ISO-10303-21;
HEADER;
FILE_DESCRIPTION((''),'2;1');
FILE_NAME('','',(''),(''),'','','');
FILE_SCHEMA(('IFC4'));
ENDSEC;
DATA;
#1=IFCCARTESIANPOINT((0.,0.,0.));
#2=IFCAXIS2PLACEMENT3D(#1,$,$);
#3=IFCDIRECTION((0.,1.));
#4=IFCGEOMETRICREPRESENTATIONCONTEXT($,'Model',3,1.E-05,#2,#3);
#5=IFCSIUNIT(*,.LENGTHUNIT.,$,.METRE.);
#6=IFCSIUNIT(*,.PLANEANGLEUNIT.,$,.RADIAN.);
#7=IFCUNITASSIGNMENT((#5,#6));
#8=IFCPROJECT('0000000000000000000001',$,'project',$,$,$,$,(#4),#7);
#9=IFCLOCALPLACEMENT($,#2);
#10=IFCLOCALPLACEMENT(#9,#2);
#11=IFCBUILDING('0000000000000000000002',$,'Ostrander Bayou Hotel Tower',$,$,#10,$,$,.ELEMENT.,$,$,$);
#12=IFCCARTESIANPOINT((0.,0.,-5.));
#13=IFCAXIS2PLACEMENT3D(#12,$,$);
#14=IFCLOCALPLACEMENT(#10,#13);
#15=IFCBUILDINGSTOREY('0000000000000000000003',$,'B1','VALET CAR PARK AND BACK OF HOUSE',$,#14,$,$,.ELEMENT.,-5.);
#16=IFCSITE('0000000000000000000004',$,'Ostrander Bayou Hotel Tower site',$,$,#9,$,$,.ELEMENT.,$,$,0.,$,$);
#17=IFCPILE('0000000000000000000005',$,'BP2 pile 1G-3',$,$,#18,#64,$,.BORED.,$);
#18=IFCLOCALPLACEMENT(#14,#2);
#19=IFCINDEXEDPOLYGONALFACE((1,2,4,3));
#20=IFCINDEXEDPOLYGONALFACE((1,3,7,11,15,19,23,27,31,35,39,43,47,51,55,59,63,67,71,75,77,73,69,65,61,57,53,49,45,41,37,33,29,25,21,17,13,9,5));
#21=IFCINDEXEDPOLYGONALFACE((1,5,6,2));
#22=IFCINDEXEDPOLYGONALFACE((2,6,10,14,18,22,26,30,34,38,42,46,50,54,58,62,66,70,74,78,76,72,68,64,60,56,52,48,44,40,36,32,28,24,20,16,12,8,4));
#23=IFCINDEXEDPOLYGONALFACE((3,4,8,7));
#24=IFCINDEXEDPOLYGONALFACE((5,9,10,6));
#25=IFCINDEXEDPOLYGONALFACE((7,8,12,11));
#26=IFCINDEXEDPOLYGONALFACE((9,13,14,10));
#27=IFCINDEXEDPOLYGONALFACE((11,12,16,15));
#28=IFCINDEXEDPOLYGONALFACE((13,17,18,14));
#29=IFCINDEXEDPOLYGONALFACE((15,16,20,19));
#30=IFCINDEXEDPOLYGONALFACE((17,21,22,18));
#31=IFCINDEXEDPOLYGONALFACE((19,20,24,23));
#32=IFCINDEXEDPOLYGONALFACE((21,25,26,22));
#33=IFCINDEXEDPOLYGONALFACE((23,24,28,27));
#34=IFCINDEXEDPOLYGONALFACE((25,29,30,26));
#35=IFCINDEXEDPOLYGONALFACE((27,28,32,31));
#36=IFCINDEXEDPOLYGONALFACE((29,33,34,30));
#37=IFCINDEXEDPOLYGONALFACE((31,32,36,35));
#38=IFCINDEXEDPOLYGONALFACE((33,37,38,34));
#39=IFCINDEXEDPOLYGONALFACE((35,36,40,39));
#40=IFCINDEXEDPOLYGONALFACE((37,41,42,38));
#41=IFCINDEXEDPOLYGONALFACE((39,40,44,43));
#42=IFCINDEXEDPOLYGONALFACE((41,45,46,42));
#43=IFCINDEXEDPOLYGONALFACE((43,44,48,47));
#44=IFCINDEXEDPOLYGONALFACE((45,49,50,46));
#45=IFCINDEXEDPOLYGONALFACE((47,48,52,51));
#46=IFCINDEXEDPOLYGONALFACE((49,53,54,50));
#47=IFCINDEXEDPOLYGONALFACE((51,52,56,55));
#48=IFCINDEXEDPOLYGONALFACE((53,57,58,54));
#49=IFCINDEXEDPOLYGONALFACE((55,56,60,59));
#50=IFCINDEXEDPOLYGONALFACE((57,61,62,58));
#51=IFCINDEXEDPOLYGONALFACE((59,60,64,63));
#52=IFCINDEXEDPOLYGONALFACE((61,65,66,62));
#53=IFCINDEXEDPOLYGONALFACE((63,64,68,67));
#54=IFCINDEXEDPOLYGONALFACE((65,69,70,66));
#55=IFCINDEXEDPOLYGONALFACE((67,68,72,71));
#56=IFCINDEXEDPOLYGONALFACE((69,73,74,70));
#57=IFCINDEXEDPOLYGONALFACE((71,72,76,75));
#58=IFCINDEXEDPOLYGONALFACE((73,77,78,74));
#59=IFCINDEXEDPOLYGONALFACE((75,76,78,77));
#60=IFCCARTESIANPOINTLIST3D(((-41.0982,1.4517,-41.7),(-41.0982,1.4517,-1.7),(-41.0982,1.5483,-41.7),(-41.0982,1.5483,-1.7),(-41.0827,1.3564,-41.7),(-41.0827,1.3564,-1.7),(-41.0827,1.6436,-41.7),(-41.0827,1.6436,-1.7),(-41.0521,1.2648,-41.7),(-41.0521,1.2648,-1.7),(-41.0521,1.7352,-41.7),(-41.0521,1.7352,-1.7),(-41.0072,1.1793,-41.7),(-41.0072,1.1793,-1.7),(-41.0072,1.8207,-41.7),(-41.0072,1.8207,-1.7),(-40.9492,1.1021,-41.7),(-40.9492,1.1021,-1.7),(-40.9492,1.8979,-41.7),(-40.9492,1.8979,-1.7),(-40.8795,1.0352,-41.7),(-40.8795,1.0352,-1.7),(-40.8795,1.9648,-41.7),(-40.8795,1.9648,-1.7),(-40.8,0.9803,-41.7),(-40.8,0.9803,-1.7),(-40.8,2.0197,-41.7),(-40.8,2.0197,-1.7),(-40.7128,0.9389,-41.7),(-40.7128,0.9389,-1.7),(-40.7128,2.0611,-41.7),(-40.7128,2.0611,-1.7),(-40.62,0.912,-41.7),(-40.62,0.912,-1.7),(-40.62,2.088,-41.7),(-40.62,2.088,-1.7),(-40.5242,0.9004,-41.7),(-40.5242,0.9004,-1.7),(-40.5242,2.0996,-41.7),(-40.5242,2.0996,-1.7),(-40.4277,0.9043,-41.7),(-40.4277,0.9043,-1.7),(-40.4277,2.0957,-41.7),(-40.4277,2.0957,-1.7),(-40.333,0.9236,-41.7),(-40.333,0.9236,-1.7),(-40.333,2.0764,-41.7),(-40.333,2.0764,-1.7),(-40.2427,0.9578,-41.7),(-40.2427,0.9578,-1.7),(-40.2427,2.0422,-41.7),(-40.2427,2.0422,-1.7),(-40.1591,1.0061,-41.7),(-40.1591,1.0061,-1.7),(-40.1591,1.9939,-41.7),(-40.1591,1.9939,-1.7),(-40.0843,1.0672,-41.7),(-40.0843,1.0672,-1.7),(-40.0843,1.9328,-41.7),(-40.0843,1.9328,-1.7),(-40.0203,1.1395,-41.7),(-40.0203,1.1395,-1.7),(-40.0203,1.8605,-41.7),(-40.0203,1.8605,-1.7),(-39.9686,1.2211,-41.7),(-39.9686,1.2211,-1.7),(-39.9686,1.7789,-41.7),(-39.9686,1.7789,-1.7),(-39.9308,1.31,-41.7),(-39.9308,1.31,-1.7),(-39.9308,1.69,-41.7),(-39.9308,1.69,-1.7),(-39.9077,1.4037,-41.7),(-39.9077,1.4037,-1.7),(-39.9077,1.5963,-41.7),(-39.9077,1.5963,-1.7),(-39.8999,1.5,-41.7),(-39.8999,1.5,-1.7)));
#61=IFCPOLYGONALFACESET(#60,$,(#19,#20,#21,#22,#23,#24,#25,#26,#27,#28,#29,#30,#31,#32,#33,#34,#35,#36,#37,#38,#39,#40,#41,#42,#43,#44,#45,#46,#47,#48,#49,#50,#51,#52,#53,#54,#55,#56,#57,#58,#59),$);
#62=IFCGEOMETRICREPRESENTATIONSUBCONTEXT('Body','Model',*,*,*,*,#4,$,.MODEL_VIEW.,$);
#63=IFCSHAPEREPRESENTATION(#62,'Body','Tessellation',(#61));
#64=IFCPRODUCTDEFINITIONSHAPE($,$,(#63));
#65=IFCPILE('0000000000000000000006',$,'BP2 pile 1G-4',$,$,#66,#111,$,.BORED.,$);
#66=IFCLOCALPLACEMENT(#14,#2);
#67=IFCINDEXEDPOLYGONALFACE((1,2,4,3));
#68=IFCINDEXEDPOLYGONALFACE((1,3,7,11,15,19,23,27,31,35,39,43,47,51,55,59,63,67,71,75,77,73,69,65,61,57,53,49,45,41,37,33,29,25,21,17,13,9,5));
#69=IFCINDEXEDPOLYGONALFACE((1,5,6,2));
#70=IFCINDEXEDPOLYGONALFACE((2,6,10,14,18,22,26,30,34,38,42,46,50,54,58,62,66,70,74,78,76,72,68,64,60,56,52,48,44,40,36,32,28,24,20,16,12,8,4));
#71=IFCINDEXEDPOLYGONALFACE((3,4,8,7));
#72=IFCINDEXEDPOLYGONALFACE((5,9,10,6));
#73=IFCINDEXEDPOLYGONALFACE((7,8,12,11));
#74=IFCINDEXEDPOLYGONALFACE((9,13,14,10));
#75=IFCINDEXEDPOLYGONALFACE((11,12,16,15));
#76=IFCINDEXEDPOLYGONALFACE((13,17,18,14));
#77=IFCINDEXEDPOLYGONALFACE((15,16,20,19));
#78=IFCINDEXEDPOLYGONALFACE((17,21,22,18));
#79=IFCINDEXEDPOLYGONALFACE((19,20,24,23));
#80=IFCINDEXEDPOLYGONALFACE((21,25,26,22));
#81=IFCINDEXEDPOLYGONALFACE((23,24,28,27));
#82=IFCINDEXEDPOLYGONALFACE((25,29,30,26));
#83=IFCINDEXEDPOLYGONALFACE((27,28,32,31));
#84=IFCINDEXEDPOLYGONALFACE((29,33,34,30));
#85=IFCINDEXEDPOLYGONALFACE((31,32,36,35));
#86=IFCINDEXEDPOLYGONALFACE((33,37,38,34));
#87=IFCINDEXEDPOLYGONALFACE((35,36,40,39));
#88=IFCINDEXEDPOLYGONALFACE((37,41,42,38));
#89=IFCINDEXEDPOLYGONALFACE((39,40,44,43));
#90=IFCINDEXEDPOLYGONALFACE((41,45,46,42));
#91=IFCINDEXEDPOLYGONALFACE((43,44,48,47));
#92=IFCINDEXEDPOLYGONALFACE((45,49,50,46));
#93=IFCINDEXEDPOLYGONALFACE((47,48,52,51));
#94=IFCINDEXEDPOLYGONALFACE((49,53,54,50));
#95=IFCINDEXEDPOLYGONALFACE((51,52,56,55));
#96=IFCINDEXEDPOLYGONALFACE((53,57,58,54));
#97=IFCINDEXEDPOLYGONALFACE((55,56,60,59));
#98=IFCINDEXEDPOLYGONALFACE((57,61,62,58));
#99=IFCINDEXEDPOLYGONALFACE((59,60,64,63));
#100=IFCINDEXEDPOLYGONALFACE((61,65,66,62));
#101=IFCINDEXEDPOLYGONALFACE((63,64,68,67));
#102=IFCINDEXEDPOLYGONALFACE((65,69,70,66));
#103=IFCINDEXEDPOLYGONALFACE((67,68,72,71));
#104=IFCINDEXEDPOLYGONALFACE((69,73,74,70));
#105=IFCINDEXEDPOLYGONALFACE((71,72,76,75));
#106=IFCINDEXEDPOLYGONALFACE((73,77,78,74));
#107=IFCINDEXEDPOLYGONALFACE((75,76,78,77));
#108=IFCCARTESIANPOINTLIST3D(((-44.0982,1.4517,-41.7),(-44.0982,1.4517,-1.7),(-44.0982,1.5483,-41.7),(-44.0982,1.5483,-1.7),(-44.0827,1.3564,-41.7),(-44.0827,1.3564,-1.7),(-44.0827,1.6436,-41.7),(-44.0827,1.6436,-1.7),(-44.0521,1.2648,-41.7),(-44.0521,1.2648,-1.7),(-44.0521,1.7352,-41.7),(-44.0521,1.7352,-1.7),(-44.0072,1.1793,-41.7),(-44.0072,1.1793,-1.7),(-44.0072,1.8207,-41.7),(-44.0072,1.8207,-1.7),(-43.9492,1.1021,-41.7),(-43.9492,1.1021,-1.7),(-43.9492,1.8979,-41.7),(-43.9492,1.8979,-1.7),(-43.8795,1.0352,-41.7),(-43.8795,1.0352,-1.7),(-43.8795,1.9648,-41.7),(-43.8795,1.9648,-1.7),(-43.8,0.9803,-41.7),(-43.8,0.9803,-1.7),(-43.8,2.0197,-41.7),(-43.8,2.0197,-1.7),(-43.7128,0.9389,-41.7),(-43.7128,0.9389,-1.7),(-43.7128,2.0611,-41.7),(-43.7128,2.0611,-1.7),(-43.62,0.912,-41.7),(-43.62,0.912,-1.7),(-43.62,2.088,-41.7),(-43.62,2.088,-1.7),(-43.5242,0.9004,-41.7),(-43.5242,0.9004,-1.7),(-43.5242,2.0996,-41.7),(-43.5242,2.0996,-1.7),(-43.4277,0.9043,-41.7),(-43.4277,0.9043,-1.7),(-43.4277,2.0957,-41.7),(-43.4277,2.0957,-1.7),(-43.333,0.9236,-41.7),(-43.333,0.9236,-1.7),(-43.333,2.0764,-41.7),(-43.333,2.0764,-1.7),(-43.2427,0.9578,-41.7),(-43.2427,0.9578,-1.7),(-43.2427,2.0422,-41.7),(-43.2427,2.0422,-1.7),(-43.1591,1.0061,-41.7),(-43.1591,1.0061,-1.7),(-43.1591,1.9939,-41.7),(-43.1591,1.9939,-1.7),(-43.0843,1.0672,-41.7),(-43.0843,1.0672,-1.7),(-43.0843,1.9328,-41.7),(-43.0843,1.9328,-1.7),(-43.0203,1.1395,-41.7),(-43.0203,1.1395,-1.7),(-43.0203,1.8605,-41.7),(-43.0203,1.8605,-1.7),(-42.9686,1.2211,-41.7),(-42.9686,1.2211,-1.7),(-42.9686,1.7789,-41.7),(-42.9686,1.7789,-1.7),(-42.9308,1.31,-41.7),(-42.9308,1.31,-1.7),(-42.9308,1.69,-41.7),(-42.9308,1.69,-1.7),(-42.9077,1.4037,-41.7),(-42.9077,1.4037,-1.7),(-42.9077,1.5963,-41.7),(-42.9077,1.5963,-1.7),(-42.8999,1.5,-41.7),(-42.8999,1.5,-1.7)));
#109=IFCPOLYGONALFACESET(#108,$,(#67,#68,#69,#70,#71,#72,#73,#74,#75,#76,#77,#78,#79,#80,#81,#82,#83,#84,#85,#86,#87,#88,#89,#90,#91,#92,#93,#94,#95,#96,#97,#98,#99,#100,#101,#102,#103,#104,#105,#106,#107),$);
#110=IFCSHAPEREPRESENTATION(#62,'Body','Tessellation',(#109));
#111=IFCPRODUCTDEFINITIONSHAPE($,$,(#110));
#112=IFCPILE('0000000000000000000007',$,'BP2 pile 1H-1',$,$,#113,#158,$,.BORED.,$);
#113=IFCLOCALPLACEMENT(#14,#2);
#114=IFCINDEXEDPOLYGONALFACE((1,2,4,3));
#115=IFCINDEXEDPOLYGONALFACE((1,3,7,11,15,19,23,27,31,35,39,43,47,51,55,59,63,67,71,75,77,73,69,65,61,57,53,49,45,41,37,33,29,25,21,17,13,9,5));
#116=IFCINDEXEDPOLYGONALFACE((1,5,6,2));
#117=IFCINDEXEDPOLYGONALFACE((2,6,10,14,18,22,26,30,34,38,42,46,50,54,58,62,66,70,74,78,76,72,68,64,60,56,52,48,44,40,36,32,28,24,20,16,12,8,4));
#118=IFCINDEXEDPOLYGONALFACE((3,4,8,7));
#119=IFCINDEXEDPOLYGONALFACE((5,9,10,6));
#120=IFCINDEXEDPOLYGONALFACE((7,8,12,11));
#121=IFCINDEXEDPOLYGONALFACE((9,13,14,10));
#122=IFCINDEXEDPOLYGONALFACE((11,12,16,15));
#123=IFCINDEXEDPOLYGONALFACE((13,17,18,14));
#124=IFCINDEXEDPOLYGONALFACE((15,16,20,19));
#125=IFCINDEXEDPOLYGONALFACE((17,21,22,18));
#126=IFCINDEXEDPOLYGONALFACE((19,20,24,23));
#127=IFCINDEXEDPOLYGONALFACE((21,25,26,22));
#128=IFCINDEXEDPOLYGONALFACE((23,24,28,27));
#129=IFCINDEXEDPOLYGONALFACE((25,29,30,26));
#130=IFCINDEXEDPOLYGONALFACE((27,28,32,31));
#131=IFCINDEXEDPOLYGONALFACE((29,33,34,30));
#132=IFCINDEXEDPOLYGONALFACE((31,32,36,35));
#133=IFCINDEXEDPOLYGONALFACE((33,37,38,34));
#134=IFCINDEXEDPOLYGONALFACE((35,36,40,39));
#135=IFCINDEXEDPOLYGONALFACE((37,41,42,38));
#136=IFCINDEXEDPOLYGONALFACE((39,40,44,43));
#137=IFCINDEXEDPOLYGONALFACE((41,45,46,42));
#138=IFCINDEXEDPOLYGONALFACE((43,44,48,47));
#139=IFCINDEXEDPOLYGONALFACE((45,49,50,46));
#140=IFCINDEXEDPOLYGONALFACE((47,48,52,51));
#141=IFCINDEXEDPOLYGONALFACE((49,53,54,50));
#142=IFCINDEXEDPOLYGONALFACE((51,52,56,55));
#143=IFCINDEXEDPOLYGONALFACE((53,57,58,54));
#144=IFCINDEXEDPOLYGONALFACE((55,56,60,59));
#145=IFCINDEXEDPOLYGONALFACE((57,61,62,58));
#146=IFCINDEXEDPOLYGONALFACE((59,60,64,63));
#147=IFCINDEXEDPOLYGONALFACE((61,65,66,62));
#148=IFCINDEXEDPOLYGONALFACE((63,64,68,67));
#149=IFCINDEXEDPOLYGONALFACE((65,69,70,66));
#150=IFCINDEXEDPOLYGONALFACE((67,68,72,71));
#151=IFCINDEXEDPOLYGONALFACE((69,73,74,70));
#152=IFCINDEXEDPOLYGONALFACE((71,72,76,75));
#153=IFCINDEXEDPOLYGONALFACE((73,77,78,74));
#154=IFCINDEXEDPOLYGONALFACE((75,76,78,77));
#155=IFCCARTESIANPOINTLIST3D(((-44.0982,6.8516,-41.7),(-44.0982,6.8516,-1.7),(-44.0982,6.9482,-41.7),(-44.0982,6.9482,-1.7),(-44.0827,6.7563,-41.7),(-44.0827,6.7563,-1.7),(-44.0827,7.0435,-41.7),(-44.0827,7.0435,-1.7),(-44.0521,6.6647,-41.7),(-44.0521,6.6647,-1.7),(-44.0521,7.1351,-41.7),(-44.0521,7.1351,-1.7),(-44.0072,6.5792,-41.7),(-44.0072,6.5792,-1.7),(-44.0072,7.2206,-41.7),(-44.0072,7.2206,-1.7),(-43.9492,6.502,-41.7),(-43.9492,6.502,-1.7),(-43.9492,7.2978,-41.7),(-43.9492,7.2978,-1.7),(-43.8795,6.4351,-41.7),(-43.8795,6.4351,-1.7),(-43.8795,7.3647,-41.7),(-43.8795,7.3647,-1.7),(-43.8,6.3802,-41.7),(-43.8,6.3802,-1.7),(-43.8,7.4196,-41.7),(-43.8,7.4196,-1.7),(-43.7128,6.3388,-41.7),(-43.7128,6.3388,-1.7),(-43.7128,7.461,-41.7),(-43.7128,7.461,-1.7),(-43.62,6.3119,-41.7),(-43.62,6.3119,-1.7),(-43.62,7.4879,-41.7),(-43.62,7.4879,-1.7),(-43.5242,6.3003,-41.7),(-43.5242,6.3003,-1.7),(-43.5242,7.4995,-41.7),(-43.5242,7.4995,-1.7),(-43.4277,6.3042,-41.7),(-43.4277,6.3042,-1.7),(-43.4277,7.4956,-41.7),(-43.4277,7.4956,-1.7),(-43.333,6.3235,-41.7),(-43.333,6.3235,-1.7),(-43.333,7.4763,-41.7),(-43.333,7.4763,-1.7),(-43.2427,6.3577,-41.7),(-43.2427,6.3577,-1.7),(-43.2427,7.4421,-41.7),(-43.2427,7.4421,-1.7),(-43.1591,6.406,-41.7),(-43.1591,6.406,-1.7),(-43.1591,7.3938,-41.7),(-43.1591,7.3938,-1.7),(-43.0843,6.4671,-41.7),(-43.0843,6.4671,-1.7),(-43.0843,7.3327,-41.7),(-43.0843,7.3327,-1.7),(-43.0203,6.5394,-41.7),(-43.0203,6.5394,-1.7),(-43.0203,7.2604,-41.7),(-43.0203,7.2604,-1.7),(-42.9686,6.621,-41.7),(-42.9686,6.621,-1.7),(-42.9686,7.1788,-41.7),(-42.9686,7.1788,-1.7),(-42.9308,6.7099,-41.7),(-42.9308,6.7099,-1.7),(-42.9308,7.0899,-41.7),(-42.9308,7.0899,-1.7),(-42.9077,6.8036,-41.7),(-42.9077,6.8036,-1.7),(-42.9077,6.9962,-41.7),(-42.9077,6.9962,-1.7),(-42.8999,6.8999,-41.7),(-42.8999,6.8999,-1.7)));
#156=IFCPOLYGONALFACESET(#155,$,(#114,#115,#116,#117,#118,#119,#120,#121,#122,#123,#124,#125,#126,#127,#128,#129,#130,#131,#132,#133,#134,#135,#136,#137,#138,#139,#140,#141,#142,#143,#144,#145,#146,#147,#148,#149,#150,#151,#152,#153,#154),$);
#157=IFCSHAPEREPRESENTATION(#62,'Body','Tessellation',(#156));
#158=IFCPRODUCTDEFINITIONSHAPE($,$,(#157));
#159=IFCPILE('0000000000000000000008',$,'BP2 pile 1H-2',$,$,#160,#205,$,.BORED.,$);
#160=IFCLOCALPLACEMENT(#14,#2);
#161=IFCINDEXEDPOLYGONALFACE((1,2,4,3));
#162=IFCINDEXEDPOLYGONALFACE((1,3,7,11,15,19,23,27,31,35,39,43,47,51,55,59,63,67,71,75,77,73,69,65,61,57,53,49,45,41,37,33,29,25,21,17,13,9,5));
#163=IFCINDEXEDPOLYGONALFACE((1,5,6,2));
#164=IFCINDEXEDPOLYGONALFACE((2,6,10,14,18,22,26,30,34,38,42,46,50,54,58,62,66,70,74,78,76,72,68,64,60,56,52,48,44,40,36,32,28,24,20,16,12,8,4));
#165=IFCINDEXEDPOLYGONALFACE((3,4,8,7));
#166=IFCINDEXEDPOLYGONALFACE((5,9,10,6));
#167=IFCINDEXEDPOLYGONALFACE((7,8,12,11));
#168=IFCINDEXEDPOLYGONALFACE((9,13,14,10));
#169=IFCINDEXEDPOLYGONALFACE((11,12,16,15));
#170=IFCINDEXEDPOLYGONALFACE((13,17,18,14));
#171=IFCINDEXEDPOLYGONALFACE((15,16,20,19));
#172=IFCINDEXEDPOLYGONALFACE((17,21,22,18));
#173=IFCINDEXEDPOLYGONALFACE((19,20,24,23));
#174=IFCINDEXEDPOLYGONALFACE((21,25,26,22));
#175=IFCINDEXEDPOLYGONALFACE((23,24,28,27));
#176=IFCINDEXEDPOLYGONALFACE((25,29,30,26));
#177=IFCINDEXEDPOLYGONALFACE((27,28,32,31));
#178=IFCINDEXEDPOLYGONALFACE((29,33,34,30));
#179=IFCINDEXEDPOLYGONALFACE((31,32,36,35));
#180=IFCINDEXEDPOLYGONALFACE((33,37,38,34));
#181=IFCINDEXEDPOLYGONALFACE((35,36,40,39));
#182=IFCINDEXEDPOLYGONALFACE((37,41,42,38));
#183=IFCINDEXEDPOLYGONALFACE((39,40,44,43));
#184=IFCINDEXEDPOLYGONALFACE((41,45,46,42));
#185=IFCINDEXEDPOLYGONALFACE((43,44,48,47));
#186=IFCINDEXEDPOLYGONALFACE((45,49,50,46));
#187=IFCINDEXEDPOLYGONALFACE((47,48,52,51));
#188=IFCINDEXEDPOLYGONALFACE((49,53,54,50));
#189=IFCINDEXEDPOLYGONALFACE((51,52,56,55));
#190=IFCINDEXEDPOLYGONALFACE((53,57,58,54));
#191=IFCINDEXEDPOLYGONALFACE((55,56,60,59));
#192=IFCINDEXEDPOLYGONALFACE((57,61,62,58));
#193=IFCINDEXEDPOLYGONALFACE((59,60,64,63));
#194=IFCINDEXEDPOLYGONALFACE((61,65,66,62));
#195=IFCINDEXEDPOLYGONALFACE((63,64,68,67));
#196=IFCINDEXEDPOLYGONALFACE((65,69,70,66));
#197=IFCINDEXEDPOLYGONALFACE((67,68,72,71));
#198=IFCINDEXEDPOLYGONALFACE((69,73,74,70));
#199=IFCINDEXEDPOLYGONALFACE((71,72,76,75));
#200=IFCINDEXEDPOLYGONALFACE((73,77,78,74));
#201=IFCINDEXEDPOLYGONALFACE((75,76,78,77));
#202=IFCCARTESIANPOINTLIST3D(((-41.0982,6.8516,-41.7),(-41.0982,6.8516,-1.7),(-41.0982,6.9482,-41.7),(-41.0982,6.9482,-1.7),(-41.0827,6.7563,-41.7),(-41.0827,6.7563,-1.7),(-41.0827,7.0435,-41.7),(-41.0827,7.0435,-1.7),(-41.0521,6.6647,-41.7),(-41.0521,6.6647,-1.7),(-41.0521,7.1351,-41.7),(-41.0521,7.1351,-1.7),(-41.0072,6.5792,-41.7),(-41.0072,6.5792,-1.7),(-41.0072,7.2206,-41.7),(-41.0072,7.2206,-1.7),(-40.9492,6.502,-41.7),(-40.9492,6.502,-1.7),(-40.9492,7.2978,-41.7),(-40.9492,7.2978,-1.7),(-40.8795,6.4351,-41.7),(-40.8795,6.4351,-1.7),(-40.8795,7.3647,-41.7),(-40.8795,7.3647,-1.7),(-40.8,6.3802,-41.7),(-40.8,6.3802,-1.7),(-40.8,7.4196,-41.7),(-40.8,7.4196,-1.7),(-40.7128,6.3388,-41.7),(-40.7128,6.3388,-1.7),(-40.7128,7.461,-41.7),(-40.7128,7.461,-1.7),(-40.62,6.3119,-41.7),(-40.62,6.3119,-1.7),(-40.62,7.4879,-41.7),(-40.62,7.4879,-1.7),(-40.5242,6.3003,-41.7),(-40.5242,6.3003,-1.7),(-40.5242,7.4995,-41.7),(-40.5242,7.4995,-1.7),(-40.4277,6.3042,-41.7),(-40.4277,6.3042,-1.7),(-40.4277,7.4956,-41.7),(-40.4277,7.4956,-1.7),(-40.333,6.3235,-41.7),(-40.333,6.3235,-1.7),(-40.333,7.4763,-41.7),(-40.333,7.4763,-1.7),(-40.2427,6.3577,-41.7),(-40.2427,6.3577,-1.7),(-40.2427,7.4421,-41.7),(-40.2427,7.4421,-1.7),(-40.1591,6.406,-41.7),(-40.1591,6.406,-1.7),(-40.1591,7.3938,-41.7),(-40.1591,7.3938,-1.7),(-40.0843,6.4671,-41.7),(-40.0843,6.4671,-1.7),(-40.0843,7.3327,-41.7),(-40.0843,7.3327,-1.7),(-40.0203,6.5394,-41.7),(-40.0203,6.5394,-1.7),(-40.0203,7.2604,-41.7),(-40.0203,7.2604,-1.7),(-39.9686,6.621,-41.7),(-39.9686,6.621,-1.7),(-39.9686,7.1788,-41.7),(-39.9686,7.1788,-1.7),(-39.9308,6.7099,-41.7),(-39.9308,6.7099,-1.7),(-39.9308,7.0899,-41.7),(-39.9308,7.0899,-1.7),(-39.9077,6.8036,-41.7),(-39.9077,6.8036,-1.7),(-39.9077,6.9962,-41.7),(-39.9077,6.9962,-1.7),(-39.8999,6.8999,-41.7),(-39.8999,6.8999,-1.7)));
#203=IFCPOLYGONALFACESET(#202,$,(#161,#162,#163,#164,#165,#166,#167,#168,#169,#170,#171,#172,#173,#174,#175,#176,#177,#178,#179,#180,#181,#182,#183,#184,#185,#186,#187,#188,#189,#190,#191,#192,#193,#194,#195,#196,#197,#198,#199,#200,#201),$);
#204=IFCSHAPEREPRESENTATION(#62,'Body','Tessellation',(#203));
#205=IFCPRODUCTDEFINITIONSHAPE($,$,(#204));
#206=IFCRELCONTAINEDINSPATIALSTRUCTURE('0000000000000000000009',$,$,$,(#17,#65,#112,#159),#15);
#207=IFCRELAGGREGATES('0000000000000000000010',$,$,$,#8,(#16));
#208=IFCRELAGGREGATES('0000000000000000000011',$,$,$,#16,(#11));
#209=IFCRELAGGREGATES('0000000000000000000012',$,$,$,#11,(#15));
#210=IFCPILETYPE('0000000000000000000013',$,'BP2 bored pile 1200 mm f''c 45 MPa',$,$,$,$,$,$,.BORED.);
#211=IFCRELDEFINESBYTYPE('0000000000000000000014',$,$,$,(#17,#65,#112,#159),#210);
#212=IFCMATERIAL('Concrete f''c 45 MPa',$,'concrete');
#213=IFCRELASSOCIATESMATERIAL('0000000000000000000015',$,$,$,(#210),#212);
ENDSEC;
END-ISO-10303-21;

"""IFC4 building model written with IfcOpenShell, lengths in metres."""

from ifc_helpers import new_model, si_unit, direction, frame, origin, origin_2d, place, context, subcontext, project, spatial, circle, extrude, material, material_profile, profile_set, type_object, element, save


model = new_model("IFC4")

# Units and contexts
model_context = context("Model", 3, precision=1e-05, world=origin(), true_north=direction((0.0, 1.0)))
body_context = subcontext(model_context, "Body", "Model", "MODEL_VIEW")
ifc_project = project(units=[si_unit("LENGTHUNIT", "METRE"), si_unit("PLANEANGLEUNIT", "RADIAN")], contexts=[model_context])

# Site, building, storey
site_placement = place(None, origin())
site = spatial("IfcSite", under=ifc_project, at=site_placement, Name="Ostrander Bayou Hotel Tower site", CompositionType="ELEMENT", RefElevation=0.0)
building_placement = place(site_placement, origin())
building = spatial("IfcBuilding", under=site, at=building_placement, Name="Ostrander Bayou Hotel Tower", CompositionType="ELEMENT")
storey_placement = place(building_placement, frame((0.0, 0.0, -5.0)))
storey = spatial("IfcBuildingStorey", under=building, at=storey_placement, Name="B1", Description="VALET CAR PARK AND BACK OF HOUSE", CompositionType="ELEMENT", Elevation=-5.0)

# Piles
ifc_material_1 = material(Name="Concrete f'c 45 MPa", Category="concrete")
ifc_material_profile_1 = material_profile(ifc_material_1, circle(Radius=0.6001, at=origin_2d()))
ifc_profile_set_1 = profile_set([ifc_material_profile_1], Name="Concrete f'c 45 MPa")
pile_type_1 = type_object("IfcPileType", Name="BP2 bored pile 1200 mm f'c 45 MPa", PredefinedType="BORED", material=ifc_profile_set_1)
for number, where, z_axis, x_axis, name in (
    (1, (-40.5, 1.5, -1.7), (0.0, 0.0, -1.0), (1.0, 0.0, 0.0), "BP2 pile 1G-3"),
    (2, (-43.5, 1.5, -1.7), (0.0, 0.0, -1.0), (1.0, 0.0, 0.0), "BP2 pile 1G-4"),
    (3, (-43.5, 6.8999, -1.7), (0.0, 0.0, -1.0), (1.0, 0.0, 0.0), "BP2 pile 1H-1"),
    (4, (-40.5, 6.8999, -1.7), (0.0, 0.0, -1.0), (1.0, 0.0, 0.0), "BP2 pile 1H-2"),
):
    element("IfcPile", number, at=place(storey_placement, frame(where, z_axis=z_axis, x_axis=x_axis)), inside=storey, type_object=pile_type_1, Name=name, PredefinedType="BORED", context=body_context, shape_type="SweptSolid", body=[
        extrude(circle(Radius=0.6001, at=origin_2d()), origin(), (0.0, 0.0, 1.0), 40.0),
    ])

save(model, "model.ifc")
